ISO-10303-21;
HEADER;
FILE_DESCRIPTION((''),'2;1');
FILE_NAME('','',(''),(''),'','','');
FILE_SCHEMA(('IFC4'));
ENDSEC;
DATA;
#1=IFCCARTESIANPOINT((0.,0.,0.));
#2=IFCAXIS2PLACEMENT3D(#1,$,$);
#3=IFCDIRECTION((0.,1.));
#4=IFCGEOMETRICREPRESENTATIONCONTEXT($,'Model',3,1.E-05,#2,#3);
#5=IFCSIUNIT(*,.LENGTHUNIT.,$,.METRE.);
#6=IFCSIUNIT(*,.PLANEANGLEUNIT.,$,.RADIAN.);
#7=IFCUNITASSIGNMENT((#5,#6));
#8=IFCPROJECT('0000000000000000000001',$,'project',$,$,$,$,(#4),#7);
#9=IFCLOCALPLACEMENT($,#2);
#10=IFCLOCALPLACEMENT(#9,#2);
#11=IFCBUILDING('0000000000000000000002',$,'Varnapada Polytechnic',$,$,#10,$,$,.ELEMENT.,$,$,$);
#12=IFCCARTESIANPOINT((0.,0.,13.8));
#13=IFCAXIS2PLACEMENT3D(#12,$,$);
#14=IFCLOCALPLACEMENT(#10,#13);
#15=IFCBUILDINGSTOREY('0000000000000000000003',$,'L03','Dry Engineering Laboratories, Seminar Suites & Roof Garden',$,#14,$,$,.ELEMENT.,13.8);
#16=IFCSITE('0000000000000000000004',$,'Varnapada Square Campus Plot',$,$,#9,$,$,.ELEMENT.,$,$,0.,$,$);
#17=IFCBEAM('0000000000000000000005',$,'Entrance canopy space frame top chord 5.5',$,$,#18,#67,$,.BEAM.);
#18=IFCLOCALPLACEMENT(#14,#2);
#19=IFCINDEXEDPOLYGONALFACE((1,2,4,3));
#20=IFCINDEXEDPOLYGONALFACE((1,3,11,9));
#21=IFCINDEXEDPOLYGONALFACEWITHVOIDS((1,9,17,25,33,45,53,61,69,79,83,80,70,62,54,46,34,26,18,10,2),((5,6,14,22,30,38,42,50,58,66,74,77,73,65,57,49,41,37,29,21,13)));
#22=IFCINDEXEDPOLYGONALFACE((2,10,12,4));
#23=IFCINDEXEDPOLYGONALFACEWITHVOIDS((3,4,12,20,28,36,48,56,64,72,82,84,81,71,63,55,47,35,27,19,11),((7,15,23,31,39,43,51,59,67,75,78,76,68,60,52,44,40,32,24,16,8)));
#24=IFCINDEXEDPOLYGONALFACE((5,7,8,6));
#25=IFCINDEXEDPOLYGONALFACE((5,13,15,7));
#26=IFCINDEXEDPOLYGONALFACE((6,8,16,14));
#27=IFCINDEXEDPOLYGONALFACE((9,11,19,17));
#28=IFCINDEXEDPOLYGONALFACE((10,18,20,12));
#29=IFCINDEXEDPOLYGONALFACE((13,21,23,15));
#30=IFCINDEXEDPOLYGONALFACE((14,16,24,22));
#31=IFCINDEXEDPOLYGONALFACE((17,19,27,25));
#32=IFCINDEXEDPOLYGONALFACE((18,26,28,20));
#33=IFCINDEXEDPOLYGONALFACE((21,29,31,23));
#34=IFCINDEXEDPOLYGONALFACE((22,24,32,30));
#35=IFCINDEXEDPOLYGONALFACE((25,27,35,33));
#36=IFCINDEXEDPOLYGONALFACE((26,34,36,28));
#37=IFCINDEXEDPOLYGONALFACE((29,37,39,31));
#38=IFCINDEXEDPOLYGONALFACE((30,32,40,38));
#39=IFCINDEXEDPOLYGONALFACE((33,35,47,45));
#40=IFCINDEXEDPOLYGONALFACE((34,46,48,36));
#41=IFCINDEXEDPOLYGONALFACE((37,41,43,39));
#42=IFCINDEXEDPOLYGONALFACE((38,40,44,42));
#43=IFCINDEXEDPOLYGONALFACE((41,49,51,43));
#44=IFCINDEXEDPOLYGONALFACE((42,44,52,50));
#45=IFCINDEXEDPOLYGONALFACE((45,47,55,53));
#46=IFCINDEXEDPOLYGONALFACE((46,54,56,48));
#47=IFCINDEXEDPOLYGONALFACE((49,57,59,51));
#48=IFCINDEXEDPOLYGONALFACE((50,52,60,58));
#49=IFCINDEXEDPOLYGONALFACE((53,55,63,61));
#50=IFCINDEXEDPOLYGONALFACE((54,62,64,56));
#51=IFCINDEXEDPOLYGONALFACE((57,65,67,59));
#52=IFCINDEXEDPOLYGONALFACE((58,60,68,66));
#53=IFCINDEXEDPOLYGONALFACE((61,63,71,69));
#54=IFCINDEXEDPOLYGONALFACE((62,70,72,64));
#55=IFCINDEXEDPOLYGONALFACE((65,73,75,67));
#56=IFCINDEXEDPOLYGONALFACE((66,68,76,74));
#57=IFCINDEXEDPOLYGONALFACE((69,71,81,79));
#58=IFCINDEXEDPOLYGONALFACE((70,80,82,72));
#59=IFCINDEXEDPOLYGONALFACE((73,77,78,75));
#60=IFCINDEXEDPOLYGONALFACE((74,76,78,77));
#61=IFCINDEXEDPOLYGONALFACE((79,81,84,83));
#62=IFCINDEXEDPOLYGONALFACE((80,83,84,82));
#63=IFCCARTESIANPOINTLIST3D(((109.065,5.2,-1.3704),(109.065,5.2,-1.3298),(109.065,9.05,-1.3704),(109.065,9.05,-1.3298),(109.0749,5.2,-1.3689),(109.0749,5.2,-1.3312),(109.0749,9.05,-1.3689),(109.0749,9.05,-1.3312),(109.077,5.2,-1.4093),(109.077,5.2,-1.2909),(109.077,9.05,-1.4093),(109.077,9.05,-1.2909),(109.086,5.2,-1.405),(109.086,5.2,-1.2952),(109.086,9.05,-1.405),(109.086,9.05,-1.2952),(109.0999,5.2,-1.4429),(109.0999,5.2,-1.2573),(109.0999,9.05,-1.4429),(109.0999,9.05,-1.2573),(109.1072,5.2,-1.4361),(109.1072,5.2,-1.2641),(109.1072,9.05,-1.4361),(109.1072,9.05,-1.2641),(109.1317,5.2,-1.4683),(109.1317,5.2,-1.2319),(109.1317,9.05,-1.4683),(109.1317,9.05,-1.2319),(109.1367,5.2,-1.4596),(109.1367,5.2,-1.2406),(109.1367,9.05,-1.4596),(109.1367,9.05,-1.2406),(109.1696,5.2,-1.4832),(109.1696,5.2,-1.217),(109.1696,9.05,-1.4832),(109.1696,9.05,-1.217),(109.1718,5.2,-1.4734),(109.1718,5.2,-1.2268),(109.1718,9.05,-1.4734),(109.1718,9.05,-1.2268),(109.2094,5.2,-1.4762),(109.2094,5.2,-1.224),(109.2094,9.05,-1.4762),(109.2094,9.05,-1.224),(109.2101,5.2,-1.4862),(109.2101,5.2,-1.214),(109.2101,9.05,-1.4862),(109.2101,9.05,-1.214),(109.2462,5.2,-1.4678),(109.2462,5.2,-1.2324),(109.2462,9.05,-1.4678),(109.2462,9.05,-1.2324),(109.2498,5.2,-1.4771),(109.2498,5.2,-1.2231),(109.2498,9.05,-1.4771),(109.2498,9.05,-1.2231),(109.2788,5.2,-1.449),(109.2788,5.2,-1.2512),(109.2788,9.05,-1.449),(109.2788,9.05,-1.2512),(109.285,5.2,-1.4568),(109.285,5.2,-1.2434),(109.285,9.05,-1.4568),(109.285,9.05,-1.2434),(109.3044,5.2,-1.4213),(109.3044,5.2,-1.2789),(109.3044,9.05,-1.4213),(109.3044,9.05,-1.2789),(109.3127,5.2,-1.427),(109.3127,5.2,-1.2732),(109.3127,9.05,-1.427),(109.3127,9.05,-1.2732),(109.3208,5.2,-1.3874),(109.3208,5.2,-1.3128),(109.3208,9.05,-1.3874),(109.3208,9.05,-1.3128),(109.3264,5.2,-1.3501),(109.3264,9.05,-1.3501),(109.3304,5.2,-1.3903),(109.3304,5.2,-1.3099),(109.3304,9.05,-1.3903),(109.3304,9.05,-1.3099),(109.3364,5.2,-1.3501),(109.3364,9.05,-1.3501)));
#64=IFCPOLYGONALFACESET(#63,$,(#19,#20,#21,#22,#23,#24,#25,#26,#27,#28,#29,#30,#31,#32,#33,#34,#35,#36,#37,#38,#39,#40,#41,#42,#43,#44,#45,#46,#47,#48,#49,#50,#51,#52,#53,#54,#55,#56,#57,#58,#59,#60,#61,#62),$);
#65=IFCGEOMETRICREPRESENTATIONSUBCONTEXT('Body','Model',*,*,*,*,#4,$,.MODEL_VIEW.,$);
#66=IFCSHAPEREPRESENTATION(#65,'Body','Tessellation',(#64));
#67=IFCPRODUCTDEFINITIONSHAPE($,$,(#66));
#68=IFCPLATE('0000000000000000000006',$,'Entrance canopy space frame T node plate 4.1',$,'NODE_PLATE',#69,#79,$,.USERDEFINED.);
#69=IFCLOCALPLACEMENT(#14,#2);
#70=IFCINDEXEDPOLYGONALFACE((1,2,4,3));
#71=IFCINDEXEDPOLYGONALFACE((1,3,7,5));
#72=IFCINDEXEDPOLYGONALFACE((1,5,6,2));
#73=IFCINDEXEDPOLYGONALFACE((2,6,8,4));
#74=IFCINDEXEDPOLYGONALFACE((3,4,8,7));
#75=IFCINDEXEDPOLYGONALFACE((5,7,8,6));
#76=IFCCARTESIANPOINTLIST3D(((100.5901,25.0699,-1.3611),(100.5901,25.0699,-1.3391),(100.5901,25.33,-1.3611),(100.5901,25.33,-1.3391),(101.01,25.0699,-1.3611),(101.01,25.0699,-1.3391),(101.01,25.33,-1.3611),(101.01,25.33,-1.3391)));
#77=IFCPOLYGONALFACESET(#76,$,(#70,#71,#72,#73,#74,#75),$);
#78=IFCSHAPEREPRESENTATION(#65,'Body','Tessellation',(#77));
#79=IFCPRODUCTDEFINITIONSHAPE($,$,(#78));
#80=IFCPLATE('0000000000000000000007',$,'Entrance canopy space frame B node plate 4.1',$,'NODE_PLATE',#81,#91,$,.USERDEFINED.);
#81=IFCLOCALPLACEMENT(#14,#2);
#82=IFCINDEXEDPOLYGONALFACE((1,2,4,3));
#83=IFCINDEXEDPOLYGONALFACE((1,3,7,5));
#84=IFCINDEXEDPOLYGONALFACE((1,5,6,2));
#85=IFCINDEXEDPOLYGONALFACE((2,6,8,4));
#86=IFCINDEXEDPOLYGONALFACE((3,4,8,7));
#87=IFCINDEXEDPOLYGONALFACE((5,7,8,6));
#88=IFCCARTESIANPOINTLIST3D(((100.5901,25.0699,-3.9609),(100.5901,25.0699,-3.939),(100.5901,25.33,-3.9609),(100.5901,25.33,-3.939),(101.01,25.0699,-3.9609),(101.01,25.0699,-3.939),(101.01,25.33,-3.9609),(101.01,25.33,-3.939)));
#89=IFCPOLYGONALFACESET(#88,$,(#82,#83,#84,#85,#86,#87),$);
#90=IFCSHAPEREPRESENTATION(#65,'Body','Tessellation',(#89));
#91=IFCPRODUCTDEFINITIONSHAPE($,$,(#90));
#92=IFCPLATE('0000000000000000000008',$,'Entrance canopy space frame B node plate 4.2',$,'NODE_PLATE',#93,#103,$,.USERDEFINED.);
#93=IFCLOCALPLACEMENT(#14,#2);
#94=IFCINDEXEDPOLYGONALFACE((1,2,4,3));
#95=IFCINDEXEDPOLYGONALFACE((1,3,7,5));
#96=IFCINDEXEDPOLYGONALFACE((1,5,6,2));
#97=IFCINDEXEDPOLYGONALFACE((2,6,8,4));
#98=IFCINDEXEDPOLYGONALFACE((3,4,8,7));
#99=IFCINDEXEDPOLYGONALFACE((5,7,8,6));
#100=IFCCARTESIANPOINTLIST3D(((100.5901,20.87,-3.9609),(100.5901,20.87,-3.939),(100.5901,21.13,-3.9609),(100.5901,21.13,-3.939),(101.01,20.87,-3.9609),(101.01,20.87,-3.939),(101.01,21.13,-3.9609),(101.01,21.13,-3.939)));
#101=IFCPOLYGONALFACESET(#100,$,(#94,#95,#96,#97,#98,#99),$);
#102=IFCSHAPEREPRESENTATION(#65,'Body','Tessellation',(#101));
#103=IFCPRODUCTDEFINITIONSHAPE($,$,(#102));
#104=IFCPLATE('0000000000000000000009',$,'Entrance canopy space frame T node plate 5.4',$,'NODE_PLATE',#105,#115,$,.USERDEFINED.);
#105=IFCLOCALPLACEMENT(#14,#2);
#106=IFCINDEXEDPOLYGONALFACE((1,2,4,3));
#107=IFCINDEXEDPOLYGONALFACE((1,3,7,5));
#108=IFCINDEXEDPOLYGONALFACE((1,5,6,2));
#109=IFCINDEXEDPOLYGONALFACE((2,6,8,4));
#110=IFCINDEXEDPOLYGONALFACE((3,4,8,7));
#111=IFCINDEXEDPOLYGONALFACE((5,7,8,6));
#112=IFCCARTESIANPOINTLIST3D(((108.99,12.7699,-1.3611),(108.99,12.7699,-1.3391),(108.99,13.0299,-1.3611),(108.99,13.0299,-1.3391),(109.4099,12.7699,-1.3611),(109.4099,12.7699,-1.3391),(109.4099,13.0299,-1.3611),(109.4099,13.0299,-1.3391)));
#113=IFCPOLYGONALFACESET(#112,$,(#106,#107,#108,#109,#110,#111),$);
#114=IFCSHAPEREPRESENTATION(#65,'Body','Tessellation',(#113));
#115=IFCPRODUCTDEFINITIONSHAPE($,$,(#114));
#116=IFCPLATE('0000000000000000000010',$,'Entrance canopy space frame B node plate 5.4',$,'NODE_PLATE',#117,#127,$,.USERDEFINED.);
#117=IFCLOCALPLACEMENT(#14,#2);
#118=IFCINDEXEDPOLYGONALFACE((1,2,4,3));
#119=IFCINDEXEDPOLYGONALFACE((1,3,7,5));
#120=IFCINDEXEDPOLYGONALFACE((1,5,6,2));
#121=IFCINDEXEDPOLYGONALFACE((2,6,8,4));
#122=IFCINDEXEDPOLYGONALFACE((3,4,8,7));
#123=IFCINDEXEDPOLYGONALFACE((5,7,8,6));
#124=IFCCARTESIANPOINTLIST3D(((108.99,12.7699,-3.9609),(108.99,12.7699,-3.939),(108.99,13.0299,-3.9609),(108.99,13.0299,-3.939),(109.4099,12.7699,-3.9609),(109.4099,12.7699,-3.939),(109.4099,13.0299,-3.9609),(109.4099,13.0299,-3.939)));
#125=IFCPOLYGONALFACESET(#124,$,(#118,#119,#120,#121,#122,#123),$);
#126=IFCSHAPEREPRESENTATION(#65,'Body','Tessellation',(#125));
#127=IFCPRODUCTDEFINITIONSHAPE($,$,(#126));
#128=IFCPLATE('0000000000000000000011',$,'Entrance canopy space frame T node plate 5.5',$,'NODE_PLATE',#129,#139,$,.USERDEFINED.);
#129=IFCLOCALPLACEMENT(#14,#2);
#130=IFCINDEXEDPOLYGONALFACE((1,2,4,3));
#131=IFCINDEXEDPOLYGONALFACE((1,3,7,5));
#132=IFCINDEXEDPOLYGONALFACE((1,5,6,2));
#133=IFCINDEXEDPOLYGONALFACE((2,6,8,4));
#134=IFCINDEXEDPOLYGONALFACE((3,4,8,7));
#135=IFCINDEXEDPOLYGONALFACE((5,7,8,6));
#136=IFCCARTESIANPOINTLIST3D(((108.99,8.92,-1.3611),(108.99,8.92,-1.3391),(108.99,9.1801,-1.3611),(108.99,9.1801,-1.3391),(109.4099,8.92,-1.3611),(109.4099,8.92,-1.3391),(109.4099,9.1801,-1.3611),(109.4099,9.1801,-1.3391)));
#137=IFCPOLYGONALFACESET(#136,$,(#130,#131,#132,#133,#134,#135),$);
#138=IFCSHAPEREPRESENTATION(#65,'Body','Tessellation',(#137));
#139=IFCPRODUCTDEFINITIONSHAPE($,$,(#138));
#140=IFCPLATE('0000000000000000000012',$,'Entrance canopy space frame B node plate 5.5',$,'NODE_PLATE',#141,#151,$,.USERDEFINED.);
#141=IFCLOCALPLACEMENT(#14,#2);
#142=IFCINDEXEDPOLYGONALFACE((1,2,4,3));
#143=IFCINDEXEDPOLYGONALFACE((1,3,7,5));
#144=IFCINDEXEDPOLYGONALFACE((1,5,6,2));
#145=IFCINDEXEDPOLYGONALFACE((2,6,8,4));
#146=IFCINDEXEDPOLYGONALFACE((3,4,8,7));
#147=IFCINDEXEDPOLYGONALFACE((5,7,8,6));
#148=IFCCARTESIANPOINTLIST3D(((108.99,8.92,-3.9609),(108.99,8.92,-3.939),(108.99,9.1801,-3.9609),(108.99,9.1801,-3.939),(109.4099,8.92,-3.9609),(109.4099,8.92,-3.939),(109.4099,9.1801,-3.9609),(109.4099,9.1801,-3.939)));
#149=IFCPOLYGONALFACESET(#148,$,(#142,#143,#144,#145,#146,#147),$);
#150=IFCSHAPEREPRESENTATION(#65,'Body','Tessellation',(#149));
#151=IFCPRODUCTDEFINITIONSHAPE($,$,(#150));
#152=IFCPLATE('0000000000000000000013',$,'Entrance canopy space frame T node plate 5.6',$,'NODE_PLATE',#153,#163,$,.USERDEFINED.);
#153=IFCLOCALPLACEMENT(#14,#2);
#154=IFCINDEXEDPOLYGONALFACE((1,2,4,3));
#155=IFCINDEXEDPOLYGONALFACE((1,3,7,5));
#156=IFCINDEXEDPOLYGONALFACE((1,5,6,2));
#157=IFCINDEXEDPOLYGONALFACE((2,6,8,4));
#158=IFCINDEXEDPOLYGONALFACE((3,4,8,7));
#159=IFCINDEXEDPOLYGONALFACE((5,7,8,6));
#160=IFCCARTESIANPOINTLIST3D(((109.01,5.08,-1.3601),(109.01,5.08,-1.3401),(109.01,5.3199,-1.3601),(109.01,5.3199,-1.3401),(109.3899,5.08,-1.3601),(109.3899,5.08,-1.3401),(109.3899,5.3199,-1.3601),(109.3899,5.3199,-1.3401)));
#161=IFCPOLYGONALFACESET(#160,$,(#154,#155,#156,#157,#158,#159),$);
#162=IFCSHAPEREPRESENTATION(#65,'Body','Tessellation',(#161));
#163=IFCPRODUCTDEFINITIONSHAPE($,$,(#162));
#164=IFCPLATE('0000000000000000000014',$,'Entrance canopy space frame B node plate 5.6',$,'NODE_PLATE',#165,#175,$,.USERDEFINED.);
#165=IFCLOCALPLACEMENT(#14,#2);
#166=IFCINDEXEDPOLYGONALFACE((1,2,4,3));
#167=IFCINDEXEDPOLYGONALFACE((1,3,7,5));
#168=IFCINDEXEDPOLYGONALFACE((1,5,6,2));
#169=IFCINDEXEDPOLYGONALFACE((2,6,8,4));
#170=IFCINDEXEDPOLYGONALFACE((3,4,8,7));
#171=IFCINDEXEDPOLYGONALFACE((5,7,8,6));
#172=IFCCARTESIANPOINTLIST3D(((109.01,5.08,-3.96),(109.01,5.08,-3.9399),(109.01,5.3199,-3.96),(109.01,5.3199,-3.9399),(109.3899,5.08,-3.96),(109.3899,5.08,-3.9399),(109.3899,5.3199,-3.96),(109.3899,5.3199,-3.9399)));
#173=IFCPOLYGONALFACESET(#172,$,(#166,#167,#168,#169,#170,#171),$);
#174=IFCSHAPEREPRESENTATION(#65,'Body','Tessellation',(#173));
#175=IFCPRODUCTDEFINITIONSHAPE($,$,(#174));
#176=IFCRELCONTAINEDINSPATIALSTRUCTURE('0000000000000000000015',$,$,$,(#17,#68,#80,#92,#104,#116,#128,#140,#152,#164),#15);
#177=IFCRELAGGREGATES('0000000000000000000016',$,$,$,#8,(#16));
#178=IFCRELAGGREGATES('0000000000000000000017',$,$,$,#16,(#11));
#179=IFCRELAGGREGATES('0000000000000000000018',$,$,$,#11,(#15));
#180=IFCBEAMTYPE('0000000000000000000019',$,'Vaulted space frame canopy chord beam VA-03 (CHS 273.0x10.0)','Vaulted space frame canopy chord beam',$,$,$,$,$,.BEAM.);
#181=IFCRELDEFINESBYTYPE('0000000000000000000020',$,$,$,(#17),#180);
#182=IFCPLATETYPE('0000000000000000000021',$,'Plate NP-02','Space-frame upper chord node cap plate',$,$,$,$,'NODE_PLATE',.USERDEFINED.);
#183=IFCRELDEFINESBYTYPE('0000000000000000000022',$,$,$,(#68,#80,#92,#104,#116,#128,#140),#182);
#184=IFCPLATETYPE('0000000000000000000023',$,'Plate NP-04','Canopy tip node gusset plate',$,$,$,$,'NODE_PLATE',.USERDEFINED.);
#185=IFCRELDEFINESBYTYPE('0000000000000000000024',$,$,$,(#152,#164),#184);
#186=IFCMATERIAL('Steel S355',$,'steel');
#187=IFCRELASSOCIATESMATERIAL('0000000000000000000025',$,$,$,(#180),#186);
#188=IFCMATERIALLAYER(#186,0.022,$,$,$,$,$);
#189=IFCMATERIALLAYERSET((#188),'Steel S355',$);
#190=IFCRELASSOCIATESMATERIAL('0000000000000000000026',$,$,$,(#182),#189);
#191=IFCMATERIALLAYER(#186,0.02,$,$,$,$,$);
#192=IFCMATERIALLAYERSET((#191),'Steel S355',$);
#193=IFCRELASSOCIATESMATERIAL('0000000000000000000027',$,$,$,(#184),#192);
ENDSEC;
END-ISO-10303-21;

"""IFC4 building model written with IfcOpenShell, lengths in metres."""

from ifc_helpers import new_model, si_unit, direction, frame, origin, origin_2d, place, context, subcontext, project, spatial, rectangle, hollow_circle, extrude, material, layer, layer_set, material_profile, profile_set, type_object, element, save


model = new_model("IFC4")

# Units and contexts
model_context = context("Model", 3, precision=1e-05, world=origin(), true_north=direction((0.0, 1.0)))
body_context = subcontext(model_context, "Body", "Model", "MODEL_VIEW")
ifc_project = project(units=[si_unit("LENGTHUNIT", "METRE"), si_unit("PLANEANGLEUNIT", "RADIAN")], contexts=[model_context])

# Site, building, storey
site_placement = place(None, origin())
site = spatial("IfcSite", under=ifc_project, at=site_placement, Name="Varnapada Square Campus Plot", CompositionType="ELEMENT", RefElevation=0.0)
building_placement = place(site_placement, origin())
building = spatial("IfcBuilding", under=site, at=building_placement, Name="Varnapada Polytechnic", CompositionType="ELEMENT")
storey_placement = place(building_placement, frame((0.0, 0.0, 13.8)))
storey = spatial("IfcBuildingStorey", under=building, at=storey_placement, Name="L03", Description="Dry Engineering Laboratories, Seminar Suites & Roof Garden", CompositionType="ELEMENT", Elevation=13.8)

# Shared definitions
ifc_material = material(Name="Steel S355", Category="steel")

# Beam
ifc_material_profile_1 = material_profile(ifc_material, hollow_circle(Radius=0.1365, WallThickness=0.01, at=origin_2d()), Name="CHS 273.0x10.0")
ifc_profile_set_1 = profile_set([ifc_material_profile_1], Name="Steel S355")
beam_type = type_object("IfcBeamType", Name="Vaulted space frame canopy chord beam VA-03 (CHS 273.0x10.0)", Description="Vaulted space frame canopy chord beam", PredefinedType="BEAM", material=ifc_profile_set_1)
for number, where, z_axis, x_axis, name in (
    (1, (109.2, 9.05, -1.3501), (0.0, -1.0, 0.0), (1.0, 0.0, 0.0), "Entrance canopy space frame top chord 5.5"),
):
    element("IfcBeam", number, at=place(storey_placement, frame(where, z_axis=z_axis, x_axis=x_axis)), inside=storey, type_object=beam_type, Name=name, PredefinedType="BEAM", context=body_context, shape_type="SweptSolid", body=[
        extrude(hollow_circle(Radius=0.1365, WallThickness=0.01, at=origin_2d()), origin(), (0.0, 0.0, 1.0), 3.8501),
    ])

# Plates
ifc_layer_1 = layer(ifc_material, 0.022)
ifc_layer_set_1 = layer_set([ifc_layer_1], Name="Steel S355")
plate_type_1 = type_object("IfcPlateType", Name="Plate NP-02", Description="Space-frame upper chord node cap plate", ElementType="NODE_PLATE", PredefinedType="USERDEFINED", material=ifc_layer_set_1)
for number, where, z_axis, x_axis, name in (
    (2, (100.8, 25.2, -1.3611), (0.0, 0.0, 1.0), (1.0, 0.0, 0.0), "Entrance canopy space frame T node plate 4.1"),
    (3, (100.8, 25.2, -3.9609), (0.0, 0.0, 1.0), (1.0, 0.0, 0.0), "Entrance canopy space frame B node plate 4.1"),
    (4, (100.8, 21.0, -3.9609), (0.0, 0.0, 1.0), (1.0, 0.0, 0.0), "Entrance canopy space frame B node plate 4.2"),
    (5, (109.2, 12.8999, -1.3611), (0.0, 0.0, 1.0), (1.0, 0.0, 0.0), "Entrance canopy space frame T node plate 5.4"),
    (6, (109.2, 12.8999, -3.9609), (0.0, 0.0, 1.0), (1.0, 0.0, 0.0), "Entrance canopy space frame B node plate 5.4"),
    (7, (109.2, 9.05, -1.3611), (0.0, 0.0, 1.0), (1.0, 0.0, 0.0), "Entrance canopy space frame T node plate 5.5"),
    (8, (109.2, 9.05, -3.9609), (0.0, 0.0, 1.0), (1.0, 0.0, 0.0), "Entrance canopy space frame B node plate 5.5"),
):
    element("IfcPlate", number, at=place(storey_placement, frame(where, z_axis=z_axis, x_axis=x_axis)), inside=storey, type_object=plate_type_1, Name=name, ObjectType="NODE_PLATE", PredefinedType="USERDEFINED", context=body_context, shape_type="SweptSolid", body=[
        extrude(rectangle(XDim=0.4199, YDim=0.26, at=origin_2d()), origin(), (0.0, 0.0, 1.0), 0.022),
    ])
ifc_layer_2 = layer(ifc_material, 0.02)
ifc_layer_set_2 = layer_set([ifc_layer_2], Name="Steel S355")
plate_type_2 = type_object("IfcPlateType", Name="Plate NP-04", Description="Canopy tip node gusset plate", ElementType="NODE_PLATE", PredefinedType="USERDEFINED", material=ifc_layer_set_2)
for number, where, z_axis, x_axis, name in (
    (9, (109.2, 5.2, -1.3601), (0.0, 0.0, 1.0), (1.0, 0.0, 0.0), "Entrance canopy space frame T node plate 5.6"),
    (10, (109.2, 5.2, -3.96), (0.0, 0.0, 1.0), (1.0, 0.0, 0.0), "Entrance canopy space frame B node plate 5.6"),
):
    element("IfcPlate", number, at=place(storey_placement, frame(where, z_axis=z_axis, x_axis=x_axis)), inside=storey, type_object=plate_type_2, Name=name, ObjectType="NODE_PLATE", PredefinedType="USERDEFINED", context=body_context, shape_type="SweptSolid", body=[
        extrude(rectangle(XDim=0.3799, YDim=0.24, at=origin_2d()), origin(), (0.0, 0.0, 1.0), 0.02),
    ])

save(model, "model.ifc")
